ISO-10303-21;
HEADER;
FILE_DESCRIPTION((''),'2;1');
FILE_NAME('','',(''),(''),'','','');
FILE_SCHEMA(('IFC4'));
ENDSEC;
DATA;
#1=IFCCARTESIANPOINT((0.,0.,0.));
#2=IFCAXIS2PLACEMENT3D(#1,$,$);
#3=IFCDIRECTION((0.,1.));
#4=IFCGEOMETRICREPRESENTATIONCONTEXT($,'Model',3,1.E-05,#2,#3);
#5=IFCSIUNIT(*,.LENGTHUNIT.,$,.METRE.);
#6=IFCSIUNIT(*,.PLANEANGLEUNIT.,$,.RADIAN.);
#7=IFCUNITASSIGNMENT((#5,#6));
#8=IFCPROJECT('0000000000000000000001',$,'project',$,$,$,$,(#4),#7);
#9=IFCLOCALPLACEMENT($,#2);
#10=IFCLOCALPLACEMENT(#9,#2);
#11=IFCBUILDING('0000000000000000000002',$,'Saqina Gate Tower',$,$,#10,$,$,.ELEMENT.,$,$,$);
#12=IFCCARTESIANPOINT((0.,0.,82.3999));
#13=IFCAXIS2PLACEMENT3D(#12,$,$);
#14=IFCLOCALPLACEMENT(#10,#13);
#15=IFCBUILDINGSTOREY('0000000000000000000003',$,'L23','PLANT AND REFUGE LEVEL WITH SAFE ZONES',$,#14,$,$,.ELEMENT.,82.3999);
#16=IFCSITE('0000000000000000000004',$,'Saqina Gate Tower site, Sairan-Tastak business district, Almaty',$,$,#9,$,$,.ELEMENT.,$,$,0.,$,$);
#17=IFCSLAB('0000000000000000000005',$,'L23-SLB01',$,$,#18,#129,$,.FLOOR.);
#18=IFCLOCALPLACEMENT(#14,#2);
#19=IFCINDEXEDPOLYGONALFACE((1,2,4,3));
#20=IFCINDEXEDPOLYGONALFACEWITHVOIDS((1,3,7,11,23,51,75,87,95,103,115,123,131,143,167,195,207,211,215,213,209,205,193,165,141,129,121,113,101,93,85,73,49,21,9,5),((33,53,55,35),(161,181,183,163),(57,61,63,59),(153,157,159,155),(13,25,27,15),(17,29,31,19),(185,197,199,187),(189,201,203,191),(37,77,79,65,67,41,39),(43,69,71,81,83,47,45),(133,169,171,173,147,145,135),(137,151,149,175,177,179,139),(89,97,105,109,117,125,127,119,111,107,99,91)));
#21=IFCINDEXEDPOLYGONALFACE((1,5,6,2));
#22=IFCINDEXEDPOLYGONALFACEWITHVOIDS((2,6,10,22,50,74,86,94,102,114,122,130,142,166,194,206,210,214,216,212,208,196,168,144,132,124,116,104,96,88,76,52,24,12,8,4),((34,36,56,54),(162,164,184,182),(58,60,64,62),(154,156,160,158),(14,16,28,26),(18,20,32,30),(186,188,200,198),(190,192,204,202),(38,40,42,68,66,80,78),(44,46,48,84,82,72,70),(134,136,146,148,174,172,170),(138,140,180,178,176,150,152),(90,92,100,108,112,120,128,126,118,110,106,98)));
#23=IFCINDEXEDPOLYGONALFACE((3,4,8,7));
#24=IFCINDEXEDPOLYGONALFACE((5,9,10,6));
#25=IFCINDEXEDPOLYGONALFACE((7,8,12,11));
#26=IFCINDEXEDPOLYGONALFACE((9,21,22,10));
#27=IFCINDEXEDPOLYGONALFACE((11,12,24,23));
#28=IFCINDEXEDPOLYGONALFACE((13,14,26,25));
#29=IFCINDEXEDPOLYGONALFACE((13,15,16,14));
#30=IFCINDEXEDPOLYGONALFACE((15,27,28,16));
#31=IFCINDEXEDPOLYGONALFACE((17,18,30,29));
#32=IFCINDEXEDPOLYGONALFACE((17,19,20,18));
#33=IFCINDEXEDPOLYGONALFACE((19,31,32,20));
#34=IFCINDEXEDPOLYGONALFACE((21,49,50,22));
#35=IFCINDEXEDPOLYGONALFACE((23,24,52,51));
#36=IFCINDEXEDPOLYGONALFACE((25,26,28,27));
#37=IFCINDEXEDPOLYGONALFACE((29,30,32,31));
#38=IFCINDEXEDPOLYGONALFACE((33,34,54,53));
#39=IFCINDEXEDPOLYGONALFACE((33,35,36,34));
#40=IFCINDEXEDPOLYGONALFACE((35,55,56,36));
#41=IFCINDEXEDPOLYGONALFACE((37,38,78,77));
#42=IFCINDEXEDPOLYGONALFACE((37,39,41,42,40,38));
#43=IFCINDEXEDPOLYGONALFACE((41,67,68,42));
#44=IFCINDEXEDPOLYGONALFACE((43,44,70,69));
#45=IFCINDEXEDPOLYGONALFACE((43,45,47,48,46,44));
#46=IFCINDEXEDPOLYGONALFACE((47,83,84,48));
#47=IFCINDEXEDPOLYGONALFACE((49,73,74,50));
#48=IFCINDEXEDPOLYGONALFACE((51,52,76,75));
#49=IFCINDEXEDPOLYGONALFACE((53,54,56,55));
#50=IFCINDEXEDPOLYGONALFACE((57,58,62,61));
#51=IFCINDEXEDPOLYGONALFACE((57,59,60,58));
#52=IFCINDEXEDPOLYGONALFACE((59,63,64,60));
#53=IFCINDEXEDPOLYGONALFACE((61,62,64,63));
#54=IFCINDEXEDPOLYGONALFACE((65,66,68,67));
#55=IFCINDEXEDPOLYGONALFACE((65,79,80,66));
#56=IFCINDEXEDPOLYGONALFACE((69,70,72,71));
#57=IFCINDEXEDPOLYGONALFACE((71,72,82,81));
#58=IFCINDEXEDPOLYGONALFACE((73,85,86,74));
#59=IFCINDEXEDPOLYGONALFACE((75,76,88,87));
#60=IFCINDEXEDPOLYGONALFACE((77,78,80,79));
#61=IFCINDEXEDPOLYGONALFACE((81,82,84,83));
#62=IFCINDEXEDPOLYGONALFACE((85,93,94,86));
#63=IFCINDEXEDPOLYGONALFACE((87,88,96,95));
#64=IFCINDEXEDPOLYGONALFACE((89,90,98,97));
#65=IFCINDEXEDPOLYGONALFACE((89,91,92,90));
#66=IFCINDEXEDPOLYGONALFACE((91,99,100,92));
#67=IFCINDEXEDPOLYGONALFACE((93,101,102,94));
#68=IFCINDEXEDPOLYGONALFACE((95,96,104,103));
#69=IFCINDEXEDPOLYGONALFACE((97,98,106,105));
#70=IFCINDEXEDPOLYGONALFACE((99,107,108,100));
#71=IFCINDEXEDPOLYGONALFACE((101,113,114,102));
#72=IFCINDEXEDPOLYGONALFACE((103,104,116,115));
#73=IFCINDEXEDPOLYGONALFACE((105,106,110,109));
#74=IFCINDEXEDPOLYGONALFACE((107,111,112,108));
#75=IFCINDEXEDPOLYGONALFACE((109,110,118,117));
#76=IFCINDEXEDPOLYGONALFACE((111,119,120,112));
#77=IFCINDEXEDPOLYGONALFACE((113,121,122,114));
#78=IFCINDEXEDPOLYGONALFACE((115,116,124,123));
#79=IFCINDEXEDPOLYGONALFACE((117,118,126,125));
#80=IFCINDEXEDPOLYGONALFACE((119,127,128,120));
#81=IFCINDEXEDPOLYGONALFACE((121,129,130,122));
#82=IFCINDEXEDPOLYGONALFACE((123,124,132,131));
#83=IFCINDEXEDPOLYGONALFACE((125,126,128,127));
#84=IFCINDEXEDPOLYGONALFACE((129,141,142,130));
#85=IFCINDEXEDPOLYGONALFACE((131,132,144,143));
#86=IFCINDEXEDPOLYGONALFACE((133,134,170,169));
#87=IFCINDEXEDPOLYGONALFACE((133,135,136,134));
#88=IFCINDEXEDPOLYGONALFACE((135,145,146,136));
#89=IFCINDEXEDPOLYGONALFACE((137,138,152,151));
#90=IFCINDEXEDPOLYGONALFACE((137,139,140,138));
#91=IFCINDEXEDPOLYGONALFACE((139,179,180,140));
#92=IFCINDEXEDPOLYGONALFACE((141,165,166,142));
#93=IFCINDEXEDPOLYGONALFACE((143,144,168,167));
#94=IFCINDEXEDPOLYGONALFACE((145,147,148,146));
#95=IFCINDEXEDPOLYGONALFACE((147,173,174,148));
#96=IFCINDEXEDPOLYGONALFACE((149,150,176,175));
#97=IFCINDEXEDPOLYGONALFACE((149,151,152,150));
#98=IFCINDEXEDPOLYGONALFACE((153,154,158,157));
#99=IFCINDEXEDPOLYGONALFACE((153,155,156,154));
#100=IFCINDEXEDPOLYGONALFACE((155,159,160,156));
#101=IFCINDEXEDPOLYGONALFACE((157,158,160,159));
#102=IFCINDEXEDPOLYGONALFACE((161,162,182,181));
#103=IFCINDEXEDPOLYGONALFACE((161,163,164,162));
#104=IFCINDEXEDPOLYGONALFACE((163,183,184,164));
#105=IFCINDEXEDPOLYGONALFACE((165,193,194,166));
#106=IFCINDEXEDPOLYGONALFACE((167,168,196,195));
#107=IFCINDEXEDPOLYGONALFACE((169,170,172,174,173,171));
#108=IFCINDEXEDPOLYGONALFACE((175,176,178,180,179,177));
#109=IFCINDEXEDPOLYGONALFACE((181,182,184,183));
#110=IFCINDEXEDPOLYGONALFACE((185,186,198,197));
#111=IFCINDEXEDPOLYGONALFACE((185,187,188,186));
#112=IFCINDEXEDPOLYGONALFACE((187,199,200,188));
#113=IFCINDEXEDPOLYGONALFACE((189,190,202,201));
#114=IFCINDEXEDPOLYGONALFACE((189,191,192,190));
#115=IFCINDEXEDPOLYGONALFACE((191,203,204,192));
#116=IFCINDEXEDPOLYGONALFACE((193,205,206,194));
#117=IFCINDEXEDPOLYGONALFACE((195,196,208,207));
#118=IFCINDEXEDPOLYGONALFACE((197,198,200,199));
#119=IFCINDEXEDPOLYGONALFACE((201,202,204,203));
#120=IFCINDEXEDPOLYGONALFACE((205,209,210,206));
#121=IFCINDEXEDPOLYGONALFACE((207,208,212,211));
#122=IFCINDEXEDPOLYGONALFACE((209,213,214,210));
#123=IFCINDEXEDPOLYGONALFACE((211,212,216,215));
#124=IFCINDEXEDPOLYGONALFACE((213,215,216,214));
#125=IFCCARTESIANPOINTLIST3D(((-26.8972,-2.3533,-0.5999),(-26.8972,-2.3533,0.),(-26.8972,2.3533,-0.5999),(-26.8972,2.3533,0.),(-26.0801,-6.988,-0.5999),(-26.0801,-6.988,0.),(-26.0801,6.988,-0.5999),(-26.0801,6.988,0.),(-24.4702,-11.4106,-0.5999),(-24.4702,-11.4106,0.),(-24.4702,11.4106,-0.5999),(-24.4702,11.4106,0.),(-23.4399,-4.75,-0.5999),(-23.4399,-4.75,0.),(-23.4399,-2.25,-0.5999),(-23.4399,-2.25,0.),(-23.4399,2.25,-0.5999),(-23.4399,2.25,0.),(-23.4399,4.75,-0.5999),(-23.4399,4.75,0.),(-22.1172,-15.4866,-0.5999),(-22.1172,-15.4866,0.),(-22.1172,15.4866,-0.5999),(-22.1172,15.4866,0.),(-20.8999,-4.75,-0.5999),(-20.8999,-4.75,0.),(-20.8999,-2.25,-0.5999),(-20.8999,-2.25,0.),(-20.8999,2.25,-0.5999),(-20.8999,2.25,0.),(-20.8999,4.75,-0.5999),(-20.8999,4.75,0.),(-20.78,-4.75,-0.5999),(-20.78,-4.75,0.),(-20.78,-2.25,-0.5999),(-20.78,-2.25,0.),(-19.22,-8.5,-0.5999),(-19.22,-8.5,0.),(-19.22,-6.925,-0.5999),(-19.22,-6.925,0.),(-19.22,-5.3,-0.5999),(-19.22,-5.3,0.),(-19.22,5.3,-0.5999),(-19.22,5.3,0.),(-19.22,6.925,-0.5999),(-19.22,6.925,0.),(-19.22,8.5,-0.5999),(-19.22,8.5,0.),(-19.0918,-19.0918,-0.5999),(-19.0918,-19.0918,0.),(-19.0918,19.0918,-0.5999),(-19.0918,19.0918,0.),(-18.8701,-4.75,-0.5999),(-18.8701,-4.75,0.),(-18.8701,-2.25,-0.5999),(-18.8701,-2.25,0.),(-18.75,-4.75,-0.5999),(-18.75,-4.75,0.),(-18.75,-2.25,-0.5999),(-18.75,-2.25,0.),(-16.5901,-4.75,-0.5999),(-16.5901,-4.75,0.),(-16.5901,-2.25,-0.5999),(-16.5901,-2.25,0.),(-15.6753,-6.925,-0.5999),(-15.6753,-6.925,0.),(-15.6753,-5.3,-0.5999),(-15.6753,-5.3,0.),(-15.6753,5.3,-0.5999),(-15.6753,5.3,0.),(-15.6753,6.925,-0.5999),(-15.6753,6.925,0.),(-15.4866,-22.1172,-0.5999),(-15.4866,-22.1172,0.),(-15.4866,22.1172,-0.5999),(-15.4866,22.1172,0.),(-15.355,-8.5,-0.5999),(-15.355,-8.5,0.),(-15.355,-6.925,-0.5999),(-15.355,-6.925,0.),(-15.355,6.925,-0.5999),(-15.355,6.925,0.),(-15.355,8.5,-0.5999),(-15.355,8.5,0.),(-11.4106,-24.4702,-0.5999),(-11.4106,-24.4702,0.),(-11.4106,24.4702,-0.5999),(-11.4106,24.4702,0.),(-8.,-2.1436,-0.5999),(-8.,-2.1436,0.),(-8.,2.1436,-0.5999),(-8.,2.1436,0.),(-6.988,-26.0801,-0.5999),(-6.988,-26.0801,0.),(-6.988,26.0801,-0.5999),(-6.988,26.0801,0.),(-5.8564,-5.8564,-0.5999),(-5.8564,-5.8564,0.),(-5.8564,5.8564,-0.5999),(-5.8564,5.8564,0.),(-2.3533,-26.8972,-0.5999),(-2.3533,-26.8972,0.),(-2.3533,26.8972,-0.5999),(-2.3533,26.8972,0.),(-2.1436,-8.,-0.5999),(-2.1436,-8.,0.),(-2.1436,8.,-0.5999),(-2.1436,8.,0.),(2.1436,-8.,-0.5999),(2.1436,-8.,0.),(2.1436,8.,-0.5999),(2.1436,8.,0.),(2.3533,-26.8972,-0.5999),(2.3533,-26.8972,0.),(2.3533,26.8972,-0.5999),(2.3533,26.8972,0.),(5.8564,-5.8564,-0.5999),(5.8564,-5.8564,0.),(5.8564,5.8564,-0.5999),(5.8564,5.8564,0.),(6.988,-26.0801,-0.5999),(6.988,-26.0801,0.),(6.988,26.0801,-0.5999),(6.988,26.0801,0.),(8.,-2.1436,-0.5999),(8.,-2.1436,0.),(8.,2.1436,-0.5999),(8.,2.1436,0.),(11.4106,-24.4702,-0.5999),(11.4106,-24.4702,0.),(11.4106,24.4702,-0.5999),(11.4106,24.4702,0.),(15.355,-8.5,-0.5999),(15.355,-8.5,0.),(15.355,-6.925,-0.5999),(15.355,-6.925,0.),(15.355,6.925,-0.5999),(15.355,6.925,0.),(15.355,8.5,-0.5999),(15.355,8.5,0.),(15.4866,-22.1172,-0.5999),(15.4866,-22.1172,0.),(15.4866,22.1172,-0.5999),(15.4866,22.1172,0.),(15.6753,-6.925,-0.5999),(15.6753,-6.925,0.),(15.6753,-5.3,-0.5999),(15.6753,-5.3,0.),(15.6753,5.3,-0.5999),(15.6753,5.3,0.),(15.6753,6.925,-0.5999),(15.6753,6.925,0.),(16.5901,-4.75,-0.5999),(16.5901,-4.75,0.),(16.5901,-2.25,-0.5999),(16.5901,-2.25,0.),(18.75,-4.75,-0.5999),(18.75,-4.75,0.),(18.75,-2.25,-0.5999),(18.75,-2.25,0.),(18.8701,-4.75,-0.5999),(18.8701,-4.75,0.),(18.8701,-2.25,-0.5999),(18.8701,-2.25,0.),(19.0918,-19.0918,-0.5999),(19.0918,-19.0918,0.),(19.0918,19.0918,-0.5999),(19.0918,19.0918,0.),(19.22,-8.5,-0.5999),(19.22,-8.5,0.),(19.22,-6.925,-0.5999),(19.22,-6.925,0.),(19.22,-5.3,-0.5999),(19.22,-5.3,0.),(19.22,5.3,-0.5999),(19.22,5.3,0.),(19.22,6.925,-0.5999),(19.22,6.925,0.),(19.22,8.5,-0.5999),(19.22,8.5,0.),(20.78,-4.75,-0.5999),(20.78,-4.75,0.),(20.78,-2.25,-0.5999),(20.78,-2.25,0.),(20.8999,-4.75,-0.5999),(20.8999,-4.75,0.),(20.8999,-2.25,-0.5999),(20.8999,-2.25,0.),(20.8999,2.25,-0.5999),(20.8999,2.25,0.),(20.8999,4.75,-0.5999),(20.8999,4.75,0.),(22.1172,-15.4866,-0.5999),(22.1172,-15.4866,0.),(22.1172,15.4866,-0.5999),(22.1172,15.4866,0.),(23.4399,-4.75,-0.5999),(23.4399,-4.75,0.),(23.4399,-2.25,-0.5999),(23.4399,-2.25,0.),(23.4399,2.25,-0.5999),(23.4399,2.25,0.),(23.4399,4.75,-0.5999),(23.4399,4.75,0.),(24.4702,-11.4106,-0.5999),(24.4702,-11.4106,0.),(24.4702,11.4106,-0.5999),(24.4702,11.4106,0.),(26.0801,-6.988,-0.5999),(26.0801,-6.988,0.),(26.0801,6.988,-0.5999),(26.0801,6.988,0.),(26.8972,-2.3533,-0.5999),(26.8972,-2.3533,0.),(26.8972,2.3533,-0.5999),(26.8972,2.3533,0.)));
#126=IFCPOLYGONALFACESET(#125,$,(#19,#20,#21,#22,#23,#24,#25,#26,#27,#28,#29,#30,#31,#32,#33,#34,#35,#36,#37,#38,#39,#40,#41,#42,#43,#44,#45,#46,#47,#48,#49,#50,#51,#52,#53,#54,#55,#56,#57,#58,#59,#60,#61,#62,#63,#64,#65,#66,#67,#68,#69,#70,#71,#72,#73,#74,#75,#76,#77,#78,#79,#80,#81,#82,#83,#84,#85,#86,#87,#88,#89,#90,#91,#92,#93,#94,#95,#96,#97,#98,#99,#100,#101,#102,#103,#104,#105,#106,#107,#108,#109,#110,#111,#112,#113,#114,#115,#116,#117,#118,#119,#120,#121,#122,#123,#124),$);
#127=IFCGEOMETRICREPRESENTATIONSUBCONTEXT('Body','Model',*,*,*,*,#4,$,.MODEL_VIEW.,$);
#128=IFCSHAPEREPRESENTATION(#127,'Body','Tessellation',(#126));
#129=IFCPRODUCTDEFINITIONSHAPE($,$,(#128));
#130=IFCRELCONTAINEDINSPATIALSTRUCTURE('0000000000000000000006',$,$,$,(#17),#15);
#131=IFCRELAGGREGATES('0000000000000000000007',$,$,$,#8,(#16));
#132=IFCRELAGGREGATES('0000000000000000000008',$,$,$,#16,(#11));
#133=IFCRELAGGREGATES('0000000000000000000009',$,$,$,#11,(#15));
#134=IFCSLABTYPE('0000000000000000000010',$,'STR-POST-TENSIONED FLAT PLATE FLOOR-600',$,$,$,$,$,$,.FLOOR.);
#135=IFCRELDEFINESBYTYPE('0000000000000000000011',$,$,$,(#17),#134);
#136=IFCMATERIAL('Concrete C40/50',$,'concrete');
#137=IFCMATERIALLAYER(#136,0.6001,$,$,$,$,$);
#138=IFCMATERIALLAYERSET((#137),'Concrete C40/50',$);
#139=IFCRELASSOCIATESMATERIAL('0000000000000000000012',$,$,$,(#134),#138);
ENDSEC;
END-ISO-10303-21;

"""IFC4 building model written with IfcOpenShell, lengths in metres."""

from ifc_helpers import new_model, si_unit, direction, frame, origin, place, context, subcontext, project, spatial, polyline, outline, extrude, material, layer, layer_set, type_object, element, save


model = new_model("IFC4")

# Units and contexts
model_context = context("Model", 3, precision=1e-05, world=origin(), true_north=direction((0.0, 1.0)))
body_context = subcontext(model_context, "Body", "Model", "MODEL_VIEW")
ifc_project = project(units=[si_unit("LENGTHUNIT", "METRE"), si_unit("PLANEANGLEUNIT", "RADIAN")], contexts=[model_context])

# Site, building, storey
site_placement = place(None, origin())
site = spatial("IfcSite", under=ifc_project, at=site_placement, Name="Saqina Gate Tower site, Sairan-Tastak business district, Almaty", CompositionType="ELEMENT", RefElevation=0.0)
building_placement = place(site_placement, origin())
building = spatial("IfcBuilding", under=site, at=building_placement, Name="Saqina Gate Tower", CompositionType="ELEMENT")
storey_placement = place(building_placement, frame((0.0, 0.0, 82.3999)))
storey = spatial("IfcBuildingStorey", under=building, at=storey_placement, Name="L23", Description="PLANT AND REFUGE LEVEL WITH SAFE ZONES", CompositionType="ELEMENT", Elevation=82.3999)

# Slab
ifc_material_1 = material(Name="Concrete C40/50", Category="concrete")
ifc_layer_1 = layer(ifc_material_1, 0.6001)
ifc_layer_set_1 = layer_set([ifc_layer_1], Name="Concrete C40/50")
slab_type_1 = type_object("IfcSlabType", Name="STR-POST-TENSIONED FLAT PLATE FLOOR-600", PredefinedType="FLOOR", material=ifc_layer_set_1)
slab_1_placement = place(storey_placement, frame((0.0, 0.0, -0.5999)))
element("IfcSlab", 1, at=slab_1_placement, inside=storey, type_object=slab_type_1, Name="L23-SLB01", PredefinedType="FLOOR", context=body_context, shape_type="SweptSolid", body=[
    extrude(outline(polyline([(26.0801, -6.988), (26.8972, -2.3533), (26.8972, 2.3533), (26.0801, 6.988), (24.4702, 11.4106), (22.1172, 15.4866), (19.0918, 19.0918), (15.4866, 22.1172), (11.4106, 24.4702), (6.988, 26.0801), (2.3533, 26.8972), (-2.3533, 26.8972), (-6.988, 26.0801), (-11.4106, 24.4702), (-15.4866, 22.1172), (-19.0918, 19.0918), (-22.1172, 15.4866), (-24.4702, 11.4106), (-26.0801, 6.988), (-26.8972, 2.3533), (-26.8972, -2.3533), (-26.0801, -6.988), (-24.4702, -11.4106), (-22.1172, -15.4866), (-19.0918, -19.0918), (-15.4866, -22.1172), (-11.4106, -24.4702), (-6.988, -26.0801), (-2.3533, -26.8972), (2.3533, -26.8972), (6.988, -26.0801), (11.4106, -24.4702), (15.4866, -22.1172), (19.0918, -19.0918), (22.1172, -15.4866), (24.4702, -11.4106), (26.0801, -6.988)]), holes=[polyline([(2.1436, 8.0), (5.8564, 5.8564), (8.0, 2.1436), (8.0, -2.1436), (5.8564, -5.8564), (2.1436, -8.0), (-2.1436, -8.0), (-5.8564, -5.8564), (-8.0, -2.1436), (-8.0, 2.1436), (-5.8564, 5.8564), (-2.1436, 8.0), (2.1436, 8.0)]), polyline([(-19.22, -8.5), (-19.22, -6.925), (-19.22, -5.3), (-15.6753, -5.3), (-15.6753, -6.925), (-15.355, -6.925), (-15.355, -8.5), (-19.22, -8.5)]), polyline([(-20.8999, -2.25), (-20.8999, -4.75), (-23.4399, -4.75), (-23.4399, -2.25), (-20.8999, -2.25)]), polyline([(-18.8701, -2.25), (-18.8701, -4.75), (-20.78, -4.75), (-20.78, -2.25), (-18.8701, -2.25)]), polyline([(-16.5901, -2.25), (-16.5901, -4.75), (-18.75, -4.75), (-18.75, -2.25), (-16.5901, -2.25)]), polyline([(-20.8999, 4.75), (-20.8999, 2.25), (-23.4399, 2.25), (-23.4399, 4.75), (-20.8999, 4.75)]), polyline([(-19.22, 6.925), (-19.22, 8.5), (-15.355, 8.5), (-15.355, 6.925), (-15.6753, 6.925), (-15.6753, 5.3), (-19.22, 5.3), (-19.22, 6.925)]), polyline([(15.355, -6.925), (15.6753, -6.925), (15.6753, -5.3), (19.22, -5.3), (19.22, -6.925), (19.22, -8.5), (15.355, -8.5), (15.355, -6.925)]), polyline([(18.75, -2.25), (18.75, -4.75), (16.5901, -4.75), (16.5901, -2.25), (18.75, -2.25)]), polyline([(20.78, -2.25), (20.78, -4.75), (18.8701, -4.75), (18.8701, -2.25), (20.78, -2.25)]), polyline([(23.4399, -2.25), (23.4399, -4.75), (20.8999, -4.75), (20.8999, -2.25), (23.4399, -2.25)]), polyline([(23.4399, 4.75), (23.4399, 2.25), (20.8999, 2.25), (20.8999, 4.75), (23.4399, 4.75)]), polyline([(15.6753, 6.925), (15.355, 6.925), (15.355, 8.5), (19.22, 8.5), (19.22, 6.925), (19.22, 5.3), (15.6753, 5.3), (15.6753, 6.925)])]), origin(), (0.0, 0.0, 1.0), 0.5999),
])

save(model, "model.ifc")
